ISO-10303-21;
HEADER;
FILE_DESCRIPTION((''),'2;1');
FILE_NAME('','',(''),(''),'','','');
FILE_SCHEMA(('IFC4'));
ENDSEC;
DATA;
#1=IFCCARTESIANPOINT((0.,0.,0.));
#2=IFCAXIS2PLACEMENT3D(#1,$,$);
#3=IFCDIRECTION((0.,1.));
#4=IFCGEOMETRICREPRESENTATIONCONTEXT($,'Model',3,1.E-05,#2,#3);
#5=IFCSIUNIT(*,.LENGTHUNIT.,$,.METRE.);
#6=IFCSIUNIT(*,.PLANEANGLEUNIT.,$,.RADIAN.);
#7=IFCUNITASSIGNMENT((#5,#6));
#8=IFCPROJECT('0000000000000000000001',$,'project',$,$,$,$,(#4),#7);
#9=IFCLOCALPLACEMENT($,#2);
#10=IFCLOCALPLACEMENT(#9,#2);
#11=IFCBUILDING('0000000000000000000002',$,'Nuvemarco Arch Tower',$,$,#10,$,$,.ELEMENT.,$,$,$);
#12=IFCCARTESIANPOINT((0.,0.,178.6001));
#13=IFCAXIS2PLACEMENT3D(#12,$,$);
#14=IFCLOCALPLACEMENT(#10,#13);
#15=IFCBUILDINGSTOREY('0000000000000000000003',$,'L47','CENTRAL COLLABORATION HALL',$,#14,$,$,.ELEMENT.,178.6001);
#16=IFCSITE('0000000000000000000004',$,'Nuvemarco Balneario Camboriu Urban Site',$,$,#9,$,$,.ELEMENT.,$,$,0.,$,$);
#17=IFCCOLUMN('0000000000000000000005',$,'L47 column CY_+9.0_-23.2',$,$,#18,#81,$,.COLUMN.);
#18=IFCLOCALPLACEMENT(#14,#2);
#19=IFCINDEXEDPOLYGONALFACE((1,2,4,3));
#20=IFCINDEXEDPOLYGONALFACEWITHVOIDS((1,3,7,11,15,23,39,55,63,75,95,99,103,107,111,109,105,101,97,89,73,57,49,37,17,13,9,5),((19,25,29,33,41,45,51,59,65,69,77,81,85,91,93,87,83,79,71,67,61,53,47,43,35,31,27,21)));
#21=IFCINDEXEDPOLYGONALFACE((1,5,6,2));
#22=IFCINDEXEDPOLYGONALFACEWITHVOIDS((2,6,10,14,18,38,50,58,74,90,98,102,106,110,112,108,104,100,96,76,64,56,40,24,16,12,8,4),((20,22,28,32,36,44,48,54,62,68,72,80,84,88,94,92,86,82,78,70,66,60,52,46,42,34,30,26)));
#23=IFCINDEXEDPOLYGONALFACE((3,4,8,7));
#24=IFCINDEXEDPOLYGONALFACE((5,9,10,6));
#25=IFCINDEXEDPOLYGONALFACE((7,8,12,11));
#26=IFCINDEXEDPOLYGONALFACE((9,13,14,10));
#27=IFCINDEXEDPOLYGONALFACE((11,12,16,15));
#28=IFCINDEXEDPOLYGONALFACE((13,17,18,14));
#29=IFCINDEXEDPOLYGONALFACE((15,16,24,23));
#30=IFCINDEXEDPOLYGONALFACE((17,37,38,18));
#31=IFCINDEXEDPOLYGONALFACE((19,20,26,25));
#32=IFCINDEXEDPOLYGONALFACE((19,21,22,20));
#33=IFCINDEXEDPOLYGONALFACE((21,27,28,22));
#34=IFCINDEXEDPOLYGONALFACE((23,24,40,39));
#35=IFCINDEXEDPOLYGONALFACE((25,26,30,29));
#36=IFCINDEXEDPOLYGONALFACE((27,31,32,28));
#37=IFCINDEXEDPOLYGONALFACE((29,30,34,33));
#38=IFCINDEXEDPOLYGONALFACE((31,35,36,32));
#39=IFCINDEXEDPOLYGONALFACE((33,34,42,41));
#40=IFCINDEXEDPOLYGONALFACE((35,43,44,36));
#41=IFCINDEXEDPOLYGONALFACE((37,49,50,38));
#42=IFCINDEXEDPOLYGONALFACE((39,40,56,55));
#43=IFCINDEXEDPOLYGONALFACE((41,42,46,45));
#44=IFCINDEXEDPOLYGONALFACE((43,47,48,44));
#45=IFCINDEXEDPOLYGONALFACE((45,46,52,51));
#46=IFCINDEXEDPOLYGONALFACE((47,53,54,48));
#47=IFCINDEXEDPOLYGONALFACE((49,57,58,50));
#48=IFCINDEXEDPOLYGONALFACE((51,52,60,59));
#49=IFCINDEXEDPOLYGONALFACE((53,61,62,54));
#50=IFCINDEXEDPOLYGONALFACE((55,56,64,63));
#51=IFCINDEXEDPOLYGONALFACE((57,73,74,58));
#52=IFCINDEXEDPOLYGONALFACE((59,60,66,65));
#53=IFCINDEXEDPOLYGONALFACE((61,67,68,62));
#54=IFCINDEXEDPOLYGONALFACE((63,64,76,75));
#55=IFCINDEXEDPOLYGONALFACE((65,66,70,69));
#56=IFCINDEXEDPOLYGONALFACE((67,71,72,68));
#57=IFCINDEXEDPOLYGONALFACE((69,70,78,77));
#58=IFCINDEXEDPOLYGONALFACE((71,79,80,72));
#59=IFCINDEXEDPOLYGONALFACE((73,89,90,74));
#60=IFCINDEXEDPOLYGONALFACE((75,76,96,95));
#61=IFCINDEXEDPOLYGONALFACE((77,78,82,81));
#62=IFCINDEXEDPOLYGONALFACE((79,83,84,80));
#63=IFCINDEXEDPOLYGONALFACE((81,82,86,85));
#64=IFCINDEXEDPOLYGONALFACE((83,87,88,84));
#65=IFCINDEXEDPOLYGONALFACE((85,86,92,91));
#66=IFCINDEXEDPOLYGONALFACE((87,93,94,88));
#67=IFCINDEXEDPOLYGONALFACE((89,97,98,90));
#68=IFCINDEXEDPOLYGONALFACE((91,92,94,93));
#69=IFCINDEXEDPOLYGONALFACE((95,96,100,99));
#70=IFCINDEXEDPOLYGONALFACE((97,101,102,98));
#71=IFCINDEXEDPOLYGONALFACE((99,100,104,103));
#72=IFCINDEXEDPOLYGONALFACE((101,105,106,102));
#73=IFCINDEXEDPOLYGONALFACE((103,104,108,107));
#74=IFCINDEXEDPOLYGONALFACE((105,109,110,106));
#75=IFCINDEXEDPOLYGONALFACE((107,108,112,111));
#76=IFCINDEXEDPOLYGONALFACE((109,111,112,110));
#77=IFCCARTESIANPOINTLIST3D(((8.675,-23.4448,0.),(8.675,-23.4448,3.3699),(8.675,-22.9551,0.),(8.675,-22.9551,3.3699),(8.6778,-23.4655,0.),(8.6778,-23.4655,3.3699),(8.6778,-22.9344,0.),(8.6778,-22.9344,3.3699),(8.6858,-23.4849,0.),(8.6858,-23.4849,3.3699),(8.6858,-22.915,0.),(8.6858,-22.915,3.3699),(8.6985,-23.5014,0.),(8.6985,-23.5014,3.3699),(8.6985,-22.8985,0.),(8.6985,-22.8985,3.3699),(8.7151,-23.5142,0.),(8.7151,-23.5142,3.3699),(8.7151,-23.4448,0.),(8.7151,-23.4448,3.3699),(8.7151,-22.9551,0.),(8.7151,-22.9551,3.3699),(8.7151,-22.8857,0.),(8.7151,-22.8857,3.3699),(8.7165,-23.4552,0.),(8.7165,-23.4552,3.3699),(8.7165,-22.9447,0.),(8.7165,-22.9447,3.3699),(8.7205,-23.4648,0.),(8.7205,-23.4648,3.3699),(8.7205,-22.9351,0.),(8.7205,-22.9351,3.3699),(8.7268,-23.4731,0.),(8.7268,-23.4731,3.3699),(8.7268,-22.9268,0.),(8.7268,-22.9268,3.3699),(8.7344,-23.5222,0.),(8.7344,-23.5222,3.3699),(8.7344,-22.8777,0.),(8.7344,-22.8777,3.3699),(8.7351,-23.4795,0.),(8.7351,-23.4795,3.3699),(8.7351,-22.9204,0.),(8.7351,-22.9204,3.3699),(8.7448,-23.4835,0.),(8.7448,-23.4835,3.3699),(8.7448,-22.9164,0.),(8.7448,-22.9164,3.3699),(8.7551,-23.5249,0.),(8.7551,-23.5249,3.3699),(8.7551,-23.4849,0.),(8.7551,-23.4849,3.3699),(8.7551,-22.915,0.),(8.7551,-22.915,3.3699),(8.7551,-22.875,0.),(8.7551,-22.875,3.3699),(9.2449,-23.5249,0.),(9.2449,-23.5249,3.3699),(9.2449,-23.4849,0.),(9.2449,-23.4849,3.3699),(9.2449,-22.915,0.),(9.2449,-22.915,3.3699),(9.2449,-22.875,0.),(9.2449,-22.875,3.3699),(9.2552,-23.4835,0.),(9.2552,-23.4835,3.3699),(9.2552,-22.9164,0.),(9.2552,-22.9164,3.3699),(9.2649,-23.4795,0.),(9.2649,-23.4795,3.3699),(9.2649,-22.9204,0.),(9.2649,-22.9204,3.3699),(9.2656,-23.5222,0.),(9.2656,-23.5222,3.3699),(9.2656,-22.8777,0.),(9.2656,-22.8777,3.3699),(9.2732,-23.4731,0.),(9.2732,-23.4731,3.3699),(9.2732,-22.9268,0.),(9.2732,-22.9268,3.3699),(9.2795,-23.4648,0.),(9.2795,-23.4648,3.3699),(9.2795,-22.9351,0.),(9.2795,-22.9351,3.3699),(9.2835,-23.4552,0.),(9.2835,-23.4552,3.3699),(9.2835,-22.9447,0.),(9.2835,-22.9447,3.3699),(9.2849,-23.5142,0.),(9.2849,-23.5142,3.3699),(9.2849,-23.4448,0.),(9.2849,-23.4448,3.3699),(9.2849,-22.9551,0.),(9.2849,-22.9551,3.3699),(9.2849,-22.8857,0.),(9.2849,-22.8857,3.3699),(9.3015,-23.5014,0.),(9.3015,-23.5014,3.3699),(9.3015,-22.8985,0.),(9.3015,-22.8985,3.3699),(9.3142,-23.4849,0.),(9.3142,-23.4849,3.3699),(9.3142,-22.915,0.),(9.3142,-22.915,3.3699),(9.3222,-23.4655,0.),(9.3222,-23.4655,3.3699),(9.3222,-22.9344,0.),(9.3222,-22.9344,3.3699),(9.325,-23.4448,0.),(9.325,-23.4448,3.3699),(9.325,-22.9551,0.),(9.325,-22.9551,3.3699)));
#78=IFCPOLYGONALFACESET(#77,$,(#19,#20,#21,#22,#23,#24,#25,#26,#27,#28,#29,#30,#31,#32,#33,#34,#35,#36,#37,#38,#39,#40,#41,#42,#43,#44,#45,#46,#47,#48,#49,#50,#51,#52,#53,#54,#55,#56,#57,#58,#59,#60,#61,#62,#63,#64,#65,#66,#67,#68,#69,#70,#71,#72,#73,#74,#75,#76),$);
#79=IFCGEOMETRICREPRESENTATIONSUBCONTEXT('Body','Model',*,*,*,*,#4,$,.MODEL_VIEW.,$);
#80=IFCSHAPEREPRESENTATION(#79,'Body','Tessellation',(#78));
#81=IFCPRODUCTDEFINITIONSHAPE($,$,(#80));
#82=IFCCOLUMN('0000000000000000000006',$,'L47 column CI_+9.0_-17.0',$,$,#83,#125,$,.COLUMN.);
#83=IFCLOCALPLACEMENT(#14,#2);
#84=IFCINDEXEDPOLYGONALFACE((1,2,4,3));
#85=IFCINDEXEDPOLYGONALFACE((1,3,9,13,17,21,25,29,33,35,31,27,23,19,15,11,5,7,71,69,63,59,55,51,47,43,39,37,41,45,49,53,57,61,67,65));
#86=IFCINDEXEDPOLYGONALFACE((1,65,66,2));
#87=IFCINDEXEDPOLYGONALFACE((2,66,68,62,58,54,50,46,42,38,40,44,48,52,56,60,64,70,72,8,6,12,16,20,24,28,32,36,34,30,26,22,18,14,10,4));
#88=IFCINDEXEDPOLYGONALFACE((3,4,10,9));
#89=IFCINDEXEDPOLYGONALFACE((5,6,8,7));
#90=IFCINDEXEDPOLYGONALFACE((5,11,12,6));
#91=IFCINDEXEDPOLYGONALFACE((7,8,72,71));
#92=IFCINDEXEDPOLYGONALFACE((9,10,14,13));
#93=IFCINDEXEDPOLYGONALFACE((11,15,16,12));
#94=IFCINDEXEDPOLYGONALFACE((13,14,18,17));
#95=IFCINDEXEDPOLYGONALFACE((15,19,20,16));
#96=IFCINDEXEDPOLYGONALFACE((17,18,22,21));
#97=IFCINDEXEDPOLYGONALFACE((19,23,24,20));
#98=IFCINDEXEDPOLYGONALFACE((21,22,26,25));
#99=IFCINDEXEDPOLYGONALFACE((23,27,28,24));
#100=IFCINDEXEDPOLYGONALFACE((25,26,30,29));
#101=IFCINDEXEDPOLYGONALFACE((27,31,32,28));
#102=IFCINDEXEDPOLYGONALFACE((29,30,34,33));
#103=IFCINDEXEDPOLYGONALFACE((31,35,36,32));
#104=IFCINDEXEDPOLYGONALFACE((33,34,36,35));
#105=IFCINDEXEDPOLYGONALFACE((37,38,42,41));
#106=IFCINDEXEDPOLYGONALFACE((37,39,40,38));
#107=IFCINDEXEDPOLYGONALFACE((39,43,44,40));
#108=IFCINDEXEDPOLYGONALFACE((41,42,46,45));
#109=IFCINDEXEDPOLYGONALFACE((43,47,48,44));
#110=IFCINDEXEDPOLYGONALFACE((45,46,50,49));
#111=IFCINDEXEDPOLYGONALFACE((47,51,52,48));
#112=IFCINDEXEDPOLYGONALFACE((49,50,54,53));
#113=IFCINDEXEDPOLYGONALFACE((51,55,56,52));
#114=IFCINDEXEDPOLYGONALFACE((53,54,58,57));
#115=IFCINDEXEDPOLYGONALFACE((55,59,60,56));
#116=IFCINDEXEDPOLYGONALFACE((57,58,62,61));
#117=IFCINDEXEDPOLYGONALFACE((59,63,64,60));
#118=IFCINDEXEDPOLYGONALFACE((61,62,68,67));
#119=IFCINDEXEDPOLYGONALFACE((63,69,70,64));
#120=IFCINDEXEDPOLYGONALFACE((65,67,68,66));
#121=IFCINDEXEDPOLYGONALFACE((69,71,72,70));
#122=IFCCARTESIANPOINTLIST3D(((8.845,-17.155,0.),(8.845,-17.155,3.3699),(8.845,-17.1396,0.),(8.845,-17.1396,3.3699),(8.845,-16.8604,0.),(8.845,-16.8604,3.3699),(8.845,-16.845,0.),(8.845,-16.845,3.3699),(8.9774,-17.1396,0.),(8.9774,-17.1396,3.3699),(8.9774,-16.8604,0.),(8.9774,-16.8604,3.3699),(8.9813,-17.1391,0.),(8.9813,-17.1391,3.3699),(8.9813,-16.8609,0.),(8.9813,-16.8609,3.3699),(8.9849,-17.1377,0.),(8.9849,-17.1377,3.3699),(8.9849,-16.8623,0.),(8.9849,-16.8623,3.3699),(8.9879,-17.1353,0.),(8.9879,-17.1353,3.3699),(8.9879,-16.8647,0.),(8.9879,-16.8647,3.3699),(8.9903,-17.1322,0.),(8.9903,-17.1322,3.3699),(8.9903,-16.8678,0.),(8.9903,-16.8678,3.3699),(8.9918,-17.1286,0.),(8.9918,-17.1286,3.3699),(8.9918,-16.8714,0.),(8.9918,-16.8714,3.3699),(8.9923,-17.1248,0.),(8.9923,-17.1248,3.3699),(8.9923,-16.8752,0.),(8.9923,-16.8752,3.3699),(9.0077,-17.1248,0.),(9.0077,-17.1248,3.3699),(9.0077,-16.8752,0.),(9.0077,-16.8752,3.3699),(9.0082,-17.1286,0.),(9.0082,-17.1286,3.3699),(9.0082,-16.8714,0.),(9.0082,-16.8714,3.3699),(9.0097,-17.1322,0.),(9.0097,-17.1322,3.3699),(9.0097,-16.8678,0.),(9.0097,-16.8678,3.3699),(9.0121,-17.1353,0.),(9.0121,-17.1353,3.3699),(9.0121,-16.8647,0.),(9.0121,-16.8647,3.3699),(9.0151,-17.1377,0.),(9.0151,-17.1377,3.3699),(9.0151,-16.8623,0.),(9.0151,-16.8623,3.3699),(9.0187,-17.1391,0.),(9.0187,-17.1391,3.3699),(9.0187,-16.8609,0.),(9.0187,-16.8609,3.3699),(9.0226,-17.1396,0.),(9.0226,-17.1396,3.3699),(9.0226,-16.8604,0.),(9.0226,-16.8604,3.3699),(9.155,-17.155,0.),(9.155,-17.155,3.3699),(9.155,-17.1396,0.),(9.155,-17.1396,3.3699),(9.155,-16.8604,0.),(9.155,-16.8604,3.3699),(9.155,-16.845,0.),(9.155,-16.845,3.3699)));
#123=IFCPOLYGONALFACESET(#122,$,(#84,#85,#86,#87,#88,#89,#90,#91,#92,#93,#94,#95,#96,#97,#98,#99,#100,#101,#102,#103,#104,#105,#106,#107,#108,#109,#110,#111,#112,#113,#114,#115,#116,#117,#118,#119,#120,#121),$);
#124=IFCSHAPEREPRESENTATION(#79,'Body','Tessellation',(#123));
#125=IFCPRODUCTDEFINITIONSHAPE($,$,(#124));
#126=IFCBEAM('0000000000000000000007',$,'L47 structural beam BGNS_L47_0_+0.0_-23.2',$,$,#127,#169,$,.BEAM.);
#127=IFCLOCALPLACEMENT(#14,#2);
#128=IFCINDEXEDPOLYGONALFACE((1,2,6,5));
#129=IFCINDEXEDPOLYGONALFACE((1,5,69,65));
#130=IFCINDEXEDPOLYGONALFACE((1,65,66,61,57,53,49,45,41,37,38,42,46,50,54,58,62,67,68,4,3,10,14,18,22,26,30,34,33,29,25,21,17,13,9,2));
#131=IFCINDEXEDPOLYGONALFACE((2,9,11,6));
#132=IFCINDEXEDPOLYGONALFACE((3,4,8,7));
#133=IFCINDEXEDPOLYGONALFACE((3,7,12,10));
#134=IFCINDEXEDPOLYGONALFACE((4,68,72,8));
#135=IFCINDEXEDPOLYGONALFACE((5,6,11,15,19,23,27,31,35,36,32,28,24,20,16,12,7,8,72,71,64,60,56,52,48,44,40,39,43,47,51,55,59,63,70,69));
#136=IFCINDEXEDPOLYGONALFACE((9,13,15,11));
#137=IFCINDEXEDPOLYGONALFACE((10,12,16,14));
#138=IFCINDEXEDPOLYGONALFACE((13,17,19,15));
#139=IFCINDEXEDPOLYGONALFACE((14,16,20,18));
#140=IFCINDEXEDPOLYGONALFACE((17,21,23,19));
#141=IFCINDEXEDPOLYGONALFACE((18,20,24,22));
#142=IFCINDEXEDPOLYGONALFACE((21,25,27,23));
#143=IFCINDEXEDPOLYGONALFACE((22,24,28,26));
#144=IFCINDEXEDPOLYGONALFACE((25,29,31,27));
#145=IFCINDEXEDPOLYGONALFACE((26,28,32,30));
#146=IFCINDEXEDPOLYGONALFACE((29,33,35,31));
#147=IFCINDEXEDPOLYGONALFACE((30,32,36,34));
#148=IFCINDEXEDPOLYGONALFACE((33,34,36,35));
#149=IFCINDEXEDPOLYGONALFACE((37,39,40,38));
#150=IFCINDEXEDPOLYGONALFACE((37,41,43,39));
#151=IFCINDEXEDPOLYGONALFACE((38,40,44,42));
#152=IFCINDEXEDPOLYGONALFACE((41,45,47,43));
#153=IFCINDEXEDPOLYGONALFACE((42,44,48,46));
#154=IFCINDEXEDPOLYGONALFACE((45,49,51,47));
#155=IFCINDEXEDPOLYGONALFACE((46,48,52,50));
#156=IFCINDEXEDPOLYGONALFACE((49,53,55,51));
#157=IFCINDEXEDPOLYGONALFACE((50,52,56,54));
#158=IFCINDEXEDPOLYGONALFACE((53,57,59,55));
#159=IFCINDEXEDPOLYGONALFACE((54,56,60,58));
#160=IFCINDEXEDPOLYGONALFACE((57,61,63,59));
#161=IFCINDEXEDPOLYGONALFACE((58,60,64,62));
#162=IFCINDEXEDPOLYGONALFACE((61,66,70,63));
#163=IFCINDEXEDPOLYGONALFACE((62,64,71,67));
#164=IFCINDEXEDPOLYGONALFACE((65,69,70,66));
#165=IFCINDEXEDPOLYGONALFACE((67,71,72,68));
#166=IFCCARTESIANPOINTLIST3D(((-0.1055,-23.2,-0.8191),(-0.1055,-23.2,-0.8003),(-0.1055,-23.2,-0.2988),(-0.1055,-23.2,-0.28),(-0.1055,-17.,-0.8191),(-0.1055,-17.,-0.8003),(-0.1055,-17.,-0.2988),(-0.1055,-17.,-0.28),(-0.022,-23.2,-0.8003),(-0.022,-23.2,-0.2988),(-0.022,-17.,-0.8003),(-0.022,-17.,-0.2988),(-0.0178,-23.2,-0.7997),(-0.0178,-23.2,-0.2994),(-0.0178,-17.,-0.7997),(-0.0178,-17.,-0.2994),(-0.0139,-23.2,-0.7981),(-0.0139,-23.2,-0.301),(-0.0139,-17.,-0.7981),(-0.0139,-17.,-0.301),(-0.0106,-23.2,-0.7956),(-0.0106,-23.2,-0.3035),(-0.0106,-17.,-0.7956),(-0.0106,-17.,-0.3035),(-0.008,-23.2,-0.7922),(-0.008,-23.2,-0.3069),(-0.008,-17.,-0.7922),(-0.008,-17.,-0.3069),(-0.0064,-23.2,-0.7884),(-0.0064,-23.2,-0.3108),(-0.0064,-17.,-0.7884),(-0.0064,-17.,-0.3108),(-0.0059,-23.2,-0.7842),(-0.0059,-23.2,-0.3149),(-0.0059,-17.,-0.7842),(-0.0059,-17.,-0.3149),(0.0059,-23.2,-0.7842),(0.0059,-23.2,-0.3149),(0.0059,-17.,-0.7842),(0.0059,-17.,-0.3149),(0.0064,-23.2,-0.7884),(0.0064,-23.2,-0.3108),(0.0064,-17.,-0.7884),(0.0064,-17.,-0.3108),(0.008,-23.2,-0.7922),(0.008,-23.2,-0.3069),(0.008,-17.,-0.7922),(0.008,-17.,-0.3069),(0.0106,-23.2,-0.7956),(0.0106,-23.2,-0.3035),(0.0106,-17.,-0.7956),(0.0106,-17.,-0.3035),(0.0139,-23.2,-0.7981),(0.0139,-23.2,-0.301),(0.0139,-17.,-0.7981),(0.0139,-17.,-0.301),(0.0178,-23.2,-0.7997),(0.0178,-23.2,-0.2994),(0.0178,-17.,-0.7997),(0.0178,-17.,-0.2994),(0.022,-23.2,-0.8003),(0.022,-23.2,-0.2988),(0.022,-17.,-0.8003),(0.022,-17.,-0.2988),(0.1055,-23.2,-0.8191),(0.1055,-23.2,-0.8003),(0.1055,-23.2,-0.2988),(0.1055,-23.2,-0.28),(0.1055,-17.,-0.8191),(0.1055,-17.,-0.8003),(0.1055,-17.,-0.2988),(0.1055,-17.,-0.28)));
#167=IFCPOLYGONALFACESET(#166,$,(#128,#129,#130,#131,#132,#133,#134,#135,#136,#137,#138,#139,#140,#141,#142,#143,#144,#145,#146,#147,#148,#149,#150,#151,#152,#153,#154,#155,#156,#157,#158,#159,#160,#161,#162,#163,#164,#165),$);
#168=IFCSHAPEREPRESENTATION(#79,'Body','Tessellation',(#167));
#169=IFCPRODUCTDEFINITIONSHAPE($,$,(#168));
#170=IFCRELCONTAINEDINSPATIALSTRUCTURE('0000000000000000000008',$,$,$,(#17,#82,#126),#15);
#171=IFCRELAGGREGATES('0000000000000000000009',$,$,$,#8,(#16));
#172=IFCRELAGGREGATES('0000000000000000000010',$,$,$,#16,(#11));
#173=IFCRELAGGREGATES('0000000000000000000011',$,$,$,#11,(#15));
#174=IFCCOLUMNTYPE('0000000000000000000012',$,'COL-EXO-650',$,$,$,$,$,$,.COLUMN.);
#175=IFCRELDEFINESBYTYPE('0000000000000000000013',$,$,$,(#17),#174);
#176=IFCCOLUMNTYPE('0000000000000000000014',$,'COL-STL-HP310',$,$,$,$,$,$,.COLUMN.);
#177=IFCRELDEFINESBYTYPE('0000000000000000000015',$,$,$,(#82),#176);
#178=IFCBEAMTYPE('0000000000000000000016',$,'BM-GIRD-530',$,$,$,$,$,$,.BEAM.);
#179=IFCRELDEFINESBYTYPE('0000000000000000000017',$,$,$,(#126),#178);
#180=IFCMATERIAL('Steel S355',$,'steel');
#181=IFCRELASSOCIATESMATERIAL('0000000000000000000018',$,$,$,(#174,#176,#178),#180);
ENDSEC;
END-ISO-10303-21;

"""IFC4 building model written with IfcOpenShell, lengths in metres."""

from ifc_helpers import new_model, si_unit, direction, frame, origin, origin_2d, place, context, subcontext, project, spatial, hollow_rectangle, i_section, extrude, material, material_profile, profile_set, type_object, element, save


model = new_model("IFC4")

# Units and contexts
model_context = context("Model", 3, precision=1e-05, world=origin(), true_north=direction((0.0, 1.0)))
body_context = subcontext(model_context, "Body", "Model", "MODEL_VIEW")
ifc_project = project(units=[si_unit("LENGTHUNIT", "METRE"), si_unit("PLANEANGLEUNIT", "RADIAN")], contexts=[model_context])

# Site, building, storey
site_placement = place(None, origin())
site = spatial("IfcSite", under=ifc_project, at=site_placement, Name="Nuvemarco Balneario Camboriu Urban Site", CompositionType="ELEMENT", RefElevation=0.0)
building_placement = place(site_placement, origin())
building = spatial("IfcBuilding", under=site, at=building_placement, Name="Nuvemarco Arch Tower", CompositionType="ELEMENT")
storey_placement = place(building_placement, frame((0.0, 0.0, 178.6001)))
storey = spatial("IfcBuildingStorey", under=building, at=storey_placement, Name="L47", Description="CENTRAL COLLABORATION HALL", CompositionType="ELEMENT", Elevation=178.6001)

# Columns
ifc_material_1 = material(Name="Steel S355", Category="steel")
ifc_material_profile_1 = material_profile(ifc_material_1, hollow_rectangle(XDim=0.6499, YDim=0.6499, WallThickness=0.04, InnerFilletRadius=0.04, OuterFilletRadius=0.0801, at=origin_2d()), Name="SHS650x650x40")
ifc_profile_set_1 = profile_set([ifc_material_profile_1], Name="Steel S355")
column_type_1 = type_object("IfcColumnType", Name="COL-EXO-650", PredefinedType="COLUMN", material=ifc_profile_set_1)
column_1_placement = place(storey_placement, frame((9.0, -23.2, 0.0), z_axis=(0.0, 0.0, 1.0), x_axis=(1.0, 0.0, 0.0)))
element("IfcColumn", 1, at=column_1_placement, inside=storey, type_object=column_type_1, Name="L47 column CY_+9.0_-23.2", PredefinedType="COLUMN", context=body_context, shape_type="SweptSolid", body=[
    extrude(hollow_rectangle(XDim=0.6499, YDim=0.6499, WallThickness=0.04, InnerFilletRadius=0.04, OuterFilletRadius=0.0801, at=origin_2d()), origin(), (0.0, 0.0, 1.0), 3.3699),
])
ifc_material_profile_2 = material_profile(ifc_material_1, i_section(OverallWidth=0.3101, OverallDepth=0.3101, WebThickness=0.0154, FlangeThickness=0.0154, FilletRadius=0.0149, at=origin_2d()), Name="HP310x110")
ifc_profile_set_2 = profile_set([ifc_material_profile_2], Name="Steel S355")
column_type_2 = type_object("IfcColumnType", Name="COL-STL-HP310", PredefinedType="COLUMN", material=ifc_profile_set_2)
column_2_placement = place(storey_placement, frame((9.0, -17.0, 0.0), z_axis=(0.0, 0.0, 1.0), x_axis=(1.0, 0.0, 0.0)))
element("IfcColumn", 2, at=column_2_placement, inside=storey, type_object=column_type_2, Name="L47 column CI_+9.0_-17.0", PredefinedType="COLUMN", context=body_context, shape_type="SweptSolid", body=[
    extrude(i_section(OverallWidth=0.3101, OverallDepth=0.3101, WebThickness=0.0154, FlangeThickness=0.0154, FilletRadius=0.0149, at=origin_2d()), origin(), (0.0, 0.0, 1.0), 3.3699),
])

# Beam
ifc_material_profile_3 = material_profile(ifc_material_1, i_section(OverallWidth=0.2109, OverallDepth=0.5391, WebThickness=0.0117, FlangeThickness=0.0188, FilletRadius=0.0161, at=origin_2d()), Name="W530x109")
ifc_profile_set_3 = profile_set([ifc_material_profile_3], Name="Steel S355")
beam_type_1 = type_object("IfcBeamType", Name="BM-GIRD-530", PredefinedType="BEAM", material=ifc_profile_set_3)
beam_1_placement = place(storey_placement, frame((0.0, -23.2, -0.5496), z_axis=(0.0, 1.0, 0.0), x_axis=(-1.0, 0.0, 0.0)))
element("IfcBeam", 3, at=beam_1_placement, inside=storey, type_object=beam_type_1, Name="L47 structural beam BGNS_L47_0_+0.0_-23.2", PredefinedType="BEAM", context=body_context, shape_type="SweptSolid", body=[
    extrude(i_section(OverallWidth=0.2109, OverallDepth=0.5391, WebThickness=0.0117, FlangeThickness=0.0188, FilletRadius=0.0161, at=origin_2d()), origin(), (0.0, 0.0, 1.0), 6.2),
])

save(model, "model.ifc")
